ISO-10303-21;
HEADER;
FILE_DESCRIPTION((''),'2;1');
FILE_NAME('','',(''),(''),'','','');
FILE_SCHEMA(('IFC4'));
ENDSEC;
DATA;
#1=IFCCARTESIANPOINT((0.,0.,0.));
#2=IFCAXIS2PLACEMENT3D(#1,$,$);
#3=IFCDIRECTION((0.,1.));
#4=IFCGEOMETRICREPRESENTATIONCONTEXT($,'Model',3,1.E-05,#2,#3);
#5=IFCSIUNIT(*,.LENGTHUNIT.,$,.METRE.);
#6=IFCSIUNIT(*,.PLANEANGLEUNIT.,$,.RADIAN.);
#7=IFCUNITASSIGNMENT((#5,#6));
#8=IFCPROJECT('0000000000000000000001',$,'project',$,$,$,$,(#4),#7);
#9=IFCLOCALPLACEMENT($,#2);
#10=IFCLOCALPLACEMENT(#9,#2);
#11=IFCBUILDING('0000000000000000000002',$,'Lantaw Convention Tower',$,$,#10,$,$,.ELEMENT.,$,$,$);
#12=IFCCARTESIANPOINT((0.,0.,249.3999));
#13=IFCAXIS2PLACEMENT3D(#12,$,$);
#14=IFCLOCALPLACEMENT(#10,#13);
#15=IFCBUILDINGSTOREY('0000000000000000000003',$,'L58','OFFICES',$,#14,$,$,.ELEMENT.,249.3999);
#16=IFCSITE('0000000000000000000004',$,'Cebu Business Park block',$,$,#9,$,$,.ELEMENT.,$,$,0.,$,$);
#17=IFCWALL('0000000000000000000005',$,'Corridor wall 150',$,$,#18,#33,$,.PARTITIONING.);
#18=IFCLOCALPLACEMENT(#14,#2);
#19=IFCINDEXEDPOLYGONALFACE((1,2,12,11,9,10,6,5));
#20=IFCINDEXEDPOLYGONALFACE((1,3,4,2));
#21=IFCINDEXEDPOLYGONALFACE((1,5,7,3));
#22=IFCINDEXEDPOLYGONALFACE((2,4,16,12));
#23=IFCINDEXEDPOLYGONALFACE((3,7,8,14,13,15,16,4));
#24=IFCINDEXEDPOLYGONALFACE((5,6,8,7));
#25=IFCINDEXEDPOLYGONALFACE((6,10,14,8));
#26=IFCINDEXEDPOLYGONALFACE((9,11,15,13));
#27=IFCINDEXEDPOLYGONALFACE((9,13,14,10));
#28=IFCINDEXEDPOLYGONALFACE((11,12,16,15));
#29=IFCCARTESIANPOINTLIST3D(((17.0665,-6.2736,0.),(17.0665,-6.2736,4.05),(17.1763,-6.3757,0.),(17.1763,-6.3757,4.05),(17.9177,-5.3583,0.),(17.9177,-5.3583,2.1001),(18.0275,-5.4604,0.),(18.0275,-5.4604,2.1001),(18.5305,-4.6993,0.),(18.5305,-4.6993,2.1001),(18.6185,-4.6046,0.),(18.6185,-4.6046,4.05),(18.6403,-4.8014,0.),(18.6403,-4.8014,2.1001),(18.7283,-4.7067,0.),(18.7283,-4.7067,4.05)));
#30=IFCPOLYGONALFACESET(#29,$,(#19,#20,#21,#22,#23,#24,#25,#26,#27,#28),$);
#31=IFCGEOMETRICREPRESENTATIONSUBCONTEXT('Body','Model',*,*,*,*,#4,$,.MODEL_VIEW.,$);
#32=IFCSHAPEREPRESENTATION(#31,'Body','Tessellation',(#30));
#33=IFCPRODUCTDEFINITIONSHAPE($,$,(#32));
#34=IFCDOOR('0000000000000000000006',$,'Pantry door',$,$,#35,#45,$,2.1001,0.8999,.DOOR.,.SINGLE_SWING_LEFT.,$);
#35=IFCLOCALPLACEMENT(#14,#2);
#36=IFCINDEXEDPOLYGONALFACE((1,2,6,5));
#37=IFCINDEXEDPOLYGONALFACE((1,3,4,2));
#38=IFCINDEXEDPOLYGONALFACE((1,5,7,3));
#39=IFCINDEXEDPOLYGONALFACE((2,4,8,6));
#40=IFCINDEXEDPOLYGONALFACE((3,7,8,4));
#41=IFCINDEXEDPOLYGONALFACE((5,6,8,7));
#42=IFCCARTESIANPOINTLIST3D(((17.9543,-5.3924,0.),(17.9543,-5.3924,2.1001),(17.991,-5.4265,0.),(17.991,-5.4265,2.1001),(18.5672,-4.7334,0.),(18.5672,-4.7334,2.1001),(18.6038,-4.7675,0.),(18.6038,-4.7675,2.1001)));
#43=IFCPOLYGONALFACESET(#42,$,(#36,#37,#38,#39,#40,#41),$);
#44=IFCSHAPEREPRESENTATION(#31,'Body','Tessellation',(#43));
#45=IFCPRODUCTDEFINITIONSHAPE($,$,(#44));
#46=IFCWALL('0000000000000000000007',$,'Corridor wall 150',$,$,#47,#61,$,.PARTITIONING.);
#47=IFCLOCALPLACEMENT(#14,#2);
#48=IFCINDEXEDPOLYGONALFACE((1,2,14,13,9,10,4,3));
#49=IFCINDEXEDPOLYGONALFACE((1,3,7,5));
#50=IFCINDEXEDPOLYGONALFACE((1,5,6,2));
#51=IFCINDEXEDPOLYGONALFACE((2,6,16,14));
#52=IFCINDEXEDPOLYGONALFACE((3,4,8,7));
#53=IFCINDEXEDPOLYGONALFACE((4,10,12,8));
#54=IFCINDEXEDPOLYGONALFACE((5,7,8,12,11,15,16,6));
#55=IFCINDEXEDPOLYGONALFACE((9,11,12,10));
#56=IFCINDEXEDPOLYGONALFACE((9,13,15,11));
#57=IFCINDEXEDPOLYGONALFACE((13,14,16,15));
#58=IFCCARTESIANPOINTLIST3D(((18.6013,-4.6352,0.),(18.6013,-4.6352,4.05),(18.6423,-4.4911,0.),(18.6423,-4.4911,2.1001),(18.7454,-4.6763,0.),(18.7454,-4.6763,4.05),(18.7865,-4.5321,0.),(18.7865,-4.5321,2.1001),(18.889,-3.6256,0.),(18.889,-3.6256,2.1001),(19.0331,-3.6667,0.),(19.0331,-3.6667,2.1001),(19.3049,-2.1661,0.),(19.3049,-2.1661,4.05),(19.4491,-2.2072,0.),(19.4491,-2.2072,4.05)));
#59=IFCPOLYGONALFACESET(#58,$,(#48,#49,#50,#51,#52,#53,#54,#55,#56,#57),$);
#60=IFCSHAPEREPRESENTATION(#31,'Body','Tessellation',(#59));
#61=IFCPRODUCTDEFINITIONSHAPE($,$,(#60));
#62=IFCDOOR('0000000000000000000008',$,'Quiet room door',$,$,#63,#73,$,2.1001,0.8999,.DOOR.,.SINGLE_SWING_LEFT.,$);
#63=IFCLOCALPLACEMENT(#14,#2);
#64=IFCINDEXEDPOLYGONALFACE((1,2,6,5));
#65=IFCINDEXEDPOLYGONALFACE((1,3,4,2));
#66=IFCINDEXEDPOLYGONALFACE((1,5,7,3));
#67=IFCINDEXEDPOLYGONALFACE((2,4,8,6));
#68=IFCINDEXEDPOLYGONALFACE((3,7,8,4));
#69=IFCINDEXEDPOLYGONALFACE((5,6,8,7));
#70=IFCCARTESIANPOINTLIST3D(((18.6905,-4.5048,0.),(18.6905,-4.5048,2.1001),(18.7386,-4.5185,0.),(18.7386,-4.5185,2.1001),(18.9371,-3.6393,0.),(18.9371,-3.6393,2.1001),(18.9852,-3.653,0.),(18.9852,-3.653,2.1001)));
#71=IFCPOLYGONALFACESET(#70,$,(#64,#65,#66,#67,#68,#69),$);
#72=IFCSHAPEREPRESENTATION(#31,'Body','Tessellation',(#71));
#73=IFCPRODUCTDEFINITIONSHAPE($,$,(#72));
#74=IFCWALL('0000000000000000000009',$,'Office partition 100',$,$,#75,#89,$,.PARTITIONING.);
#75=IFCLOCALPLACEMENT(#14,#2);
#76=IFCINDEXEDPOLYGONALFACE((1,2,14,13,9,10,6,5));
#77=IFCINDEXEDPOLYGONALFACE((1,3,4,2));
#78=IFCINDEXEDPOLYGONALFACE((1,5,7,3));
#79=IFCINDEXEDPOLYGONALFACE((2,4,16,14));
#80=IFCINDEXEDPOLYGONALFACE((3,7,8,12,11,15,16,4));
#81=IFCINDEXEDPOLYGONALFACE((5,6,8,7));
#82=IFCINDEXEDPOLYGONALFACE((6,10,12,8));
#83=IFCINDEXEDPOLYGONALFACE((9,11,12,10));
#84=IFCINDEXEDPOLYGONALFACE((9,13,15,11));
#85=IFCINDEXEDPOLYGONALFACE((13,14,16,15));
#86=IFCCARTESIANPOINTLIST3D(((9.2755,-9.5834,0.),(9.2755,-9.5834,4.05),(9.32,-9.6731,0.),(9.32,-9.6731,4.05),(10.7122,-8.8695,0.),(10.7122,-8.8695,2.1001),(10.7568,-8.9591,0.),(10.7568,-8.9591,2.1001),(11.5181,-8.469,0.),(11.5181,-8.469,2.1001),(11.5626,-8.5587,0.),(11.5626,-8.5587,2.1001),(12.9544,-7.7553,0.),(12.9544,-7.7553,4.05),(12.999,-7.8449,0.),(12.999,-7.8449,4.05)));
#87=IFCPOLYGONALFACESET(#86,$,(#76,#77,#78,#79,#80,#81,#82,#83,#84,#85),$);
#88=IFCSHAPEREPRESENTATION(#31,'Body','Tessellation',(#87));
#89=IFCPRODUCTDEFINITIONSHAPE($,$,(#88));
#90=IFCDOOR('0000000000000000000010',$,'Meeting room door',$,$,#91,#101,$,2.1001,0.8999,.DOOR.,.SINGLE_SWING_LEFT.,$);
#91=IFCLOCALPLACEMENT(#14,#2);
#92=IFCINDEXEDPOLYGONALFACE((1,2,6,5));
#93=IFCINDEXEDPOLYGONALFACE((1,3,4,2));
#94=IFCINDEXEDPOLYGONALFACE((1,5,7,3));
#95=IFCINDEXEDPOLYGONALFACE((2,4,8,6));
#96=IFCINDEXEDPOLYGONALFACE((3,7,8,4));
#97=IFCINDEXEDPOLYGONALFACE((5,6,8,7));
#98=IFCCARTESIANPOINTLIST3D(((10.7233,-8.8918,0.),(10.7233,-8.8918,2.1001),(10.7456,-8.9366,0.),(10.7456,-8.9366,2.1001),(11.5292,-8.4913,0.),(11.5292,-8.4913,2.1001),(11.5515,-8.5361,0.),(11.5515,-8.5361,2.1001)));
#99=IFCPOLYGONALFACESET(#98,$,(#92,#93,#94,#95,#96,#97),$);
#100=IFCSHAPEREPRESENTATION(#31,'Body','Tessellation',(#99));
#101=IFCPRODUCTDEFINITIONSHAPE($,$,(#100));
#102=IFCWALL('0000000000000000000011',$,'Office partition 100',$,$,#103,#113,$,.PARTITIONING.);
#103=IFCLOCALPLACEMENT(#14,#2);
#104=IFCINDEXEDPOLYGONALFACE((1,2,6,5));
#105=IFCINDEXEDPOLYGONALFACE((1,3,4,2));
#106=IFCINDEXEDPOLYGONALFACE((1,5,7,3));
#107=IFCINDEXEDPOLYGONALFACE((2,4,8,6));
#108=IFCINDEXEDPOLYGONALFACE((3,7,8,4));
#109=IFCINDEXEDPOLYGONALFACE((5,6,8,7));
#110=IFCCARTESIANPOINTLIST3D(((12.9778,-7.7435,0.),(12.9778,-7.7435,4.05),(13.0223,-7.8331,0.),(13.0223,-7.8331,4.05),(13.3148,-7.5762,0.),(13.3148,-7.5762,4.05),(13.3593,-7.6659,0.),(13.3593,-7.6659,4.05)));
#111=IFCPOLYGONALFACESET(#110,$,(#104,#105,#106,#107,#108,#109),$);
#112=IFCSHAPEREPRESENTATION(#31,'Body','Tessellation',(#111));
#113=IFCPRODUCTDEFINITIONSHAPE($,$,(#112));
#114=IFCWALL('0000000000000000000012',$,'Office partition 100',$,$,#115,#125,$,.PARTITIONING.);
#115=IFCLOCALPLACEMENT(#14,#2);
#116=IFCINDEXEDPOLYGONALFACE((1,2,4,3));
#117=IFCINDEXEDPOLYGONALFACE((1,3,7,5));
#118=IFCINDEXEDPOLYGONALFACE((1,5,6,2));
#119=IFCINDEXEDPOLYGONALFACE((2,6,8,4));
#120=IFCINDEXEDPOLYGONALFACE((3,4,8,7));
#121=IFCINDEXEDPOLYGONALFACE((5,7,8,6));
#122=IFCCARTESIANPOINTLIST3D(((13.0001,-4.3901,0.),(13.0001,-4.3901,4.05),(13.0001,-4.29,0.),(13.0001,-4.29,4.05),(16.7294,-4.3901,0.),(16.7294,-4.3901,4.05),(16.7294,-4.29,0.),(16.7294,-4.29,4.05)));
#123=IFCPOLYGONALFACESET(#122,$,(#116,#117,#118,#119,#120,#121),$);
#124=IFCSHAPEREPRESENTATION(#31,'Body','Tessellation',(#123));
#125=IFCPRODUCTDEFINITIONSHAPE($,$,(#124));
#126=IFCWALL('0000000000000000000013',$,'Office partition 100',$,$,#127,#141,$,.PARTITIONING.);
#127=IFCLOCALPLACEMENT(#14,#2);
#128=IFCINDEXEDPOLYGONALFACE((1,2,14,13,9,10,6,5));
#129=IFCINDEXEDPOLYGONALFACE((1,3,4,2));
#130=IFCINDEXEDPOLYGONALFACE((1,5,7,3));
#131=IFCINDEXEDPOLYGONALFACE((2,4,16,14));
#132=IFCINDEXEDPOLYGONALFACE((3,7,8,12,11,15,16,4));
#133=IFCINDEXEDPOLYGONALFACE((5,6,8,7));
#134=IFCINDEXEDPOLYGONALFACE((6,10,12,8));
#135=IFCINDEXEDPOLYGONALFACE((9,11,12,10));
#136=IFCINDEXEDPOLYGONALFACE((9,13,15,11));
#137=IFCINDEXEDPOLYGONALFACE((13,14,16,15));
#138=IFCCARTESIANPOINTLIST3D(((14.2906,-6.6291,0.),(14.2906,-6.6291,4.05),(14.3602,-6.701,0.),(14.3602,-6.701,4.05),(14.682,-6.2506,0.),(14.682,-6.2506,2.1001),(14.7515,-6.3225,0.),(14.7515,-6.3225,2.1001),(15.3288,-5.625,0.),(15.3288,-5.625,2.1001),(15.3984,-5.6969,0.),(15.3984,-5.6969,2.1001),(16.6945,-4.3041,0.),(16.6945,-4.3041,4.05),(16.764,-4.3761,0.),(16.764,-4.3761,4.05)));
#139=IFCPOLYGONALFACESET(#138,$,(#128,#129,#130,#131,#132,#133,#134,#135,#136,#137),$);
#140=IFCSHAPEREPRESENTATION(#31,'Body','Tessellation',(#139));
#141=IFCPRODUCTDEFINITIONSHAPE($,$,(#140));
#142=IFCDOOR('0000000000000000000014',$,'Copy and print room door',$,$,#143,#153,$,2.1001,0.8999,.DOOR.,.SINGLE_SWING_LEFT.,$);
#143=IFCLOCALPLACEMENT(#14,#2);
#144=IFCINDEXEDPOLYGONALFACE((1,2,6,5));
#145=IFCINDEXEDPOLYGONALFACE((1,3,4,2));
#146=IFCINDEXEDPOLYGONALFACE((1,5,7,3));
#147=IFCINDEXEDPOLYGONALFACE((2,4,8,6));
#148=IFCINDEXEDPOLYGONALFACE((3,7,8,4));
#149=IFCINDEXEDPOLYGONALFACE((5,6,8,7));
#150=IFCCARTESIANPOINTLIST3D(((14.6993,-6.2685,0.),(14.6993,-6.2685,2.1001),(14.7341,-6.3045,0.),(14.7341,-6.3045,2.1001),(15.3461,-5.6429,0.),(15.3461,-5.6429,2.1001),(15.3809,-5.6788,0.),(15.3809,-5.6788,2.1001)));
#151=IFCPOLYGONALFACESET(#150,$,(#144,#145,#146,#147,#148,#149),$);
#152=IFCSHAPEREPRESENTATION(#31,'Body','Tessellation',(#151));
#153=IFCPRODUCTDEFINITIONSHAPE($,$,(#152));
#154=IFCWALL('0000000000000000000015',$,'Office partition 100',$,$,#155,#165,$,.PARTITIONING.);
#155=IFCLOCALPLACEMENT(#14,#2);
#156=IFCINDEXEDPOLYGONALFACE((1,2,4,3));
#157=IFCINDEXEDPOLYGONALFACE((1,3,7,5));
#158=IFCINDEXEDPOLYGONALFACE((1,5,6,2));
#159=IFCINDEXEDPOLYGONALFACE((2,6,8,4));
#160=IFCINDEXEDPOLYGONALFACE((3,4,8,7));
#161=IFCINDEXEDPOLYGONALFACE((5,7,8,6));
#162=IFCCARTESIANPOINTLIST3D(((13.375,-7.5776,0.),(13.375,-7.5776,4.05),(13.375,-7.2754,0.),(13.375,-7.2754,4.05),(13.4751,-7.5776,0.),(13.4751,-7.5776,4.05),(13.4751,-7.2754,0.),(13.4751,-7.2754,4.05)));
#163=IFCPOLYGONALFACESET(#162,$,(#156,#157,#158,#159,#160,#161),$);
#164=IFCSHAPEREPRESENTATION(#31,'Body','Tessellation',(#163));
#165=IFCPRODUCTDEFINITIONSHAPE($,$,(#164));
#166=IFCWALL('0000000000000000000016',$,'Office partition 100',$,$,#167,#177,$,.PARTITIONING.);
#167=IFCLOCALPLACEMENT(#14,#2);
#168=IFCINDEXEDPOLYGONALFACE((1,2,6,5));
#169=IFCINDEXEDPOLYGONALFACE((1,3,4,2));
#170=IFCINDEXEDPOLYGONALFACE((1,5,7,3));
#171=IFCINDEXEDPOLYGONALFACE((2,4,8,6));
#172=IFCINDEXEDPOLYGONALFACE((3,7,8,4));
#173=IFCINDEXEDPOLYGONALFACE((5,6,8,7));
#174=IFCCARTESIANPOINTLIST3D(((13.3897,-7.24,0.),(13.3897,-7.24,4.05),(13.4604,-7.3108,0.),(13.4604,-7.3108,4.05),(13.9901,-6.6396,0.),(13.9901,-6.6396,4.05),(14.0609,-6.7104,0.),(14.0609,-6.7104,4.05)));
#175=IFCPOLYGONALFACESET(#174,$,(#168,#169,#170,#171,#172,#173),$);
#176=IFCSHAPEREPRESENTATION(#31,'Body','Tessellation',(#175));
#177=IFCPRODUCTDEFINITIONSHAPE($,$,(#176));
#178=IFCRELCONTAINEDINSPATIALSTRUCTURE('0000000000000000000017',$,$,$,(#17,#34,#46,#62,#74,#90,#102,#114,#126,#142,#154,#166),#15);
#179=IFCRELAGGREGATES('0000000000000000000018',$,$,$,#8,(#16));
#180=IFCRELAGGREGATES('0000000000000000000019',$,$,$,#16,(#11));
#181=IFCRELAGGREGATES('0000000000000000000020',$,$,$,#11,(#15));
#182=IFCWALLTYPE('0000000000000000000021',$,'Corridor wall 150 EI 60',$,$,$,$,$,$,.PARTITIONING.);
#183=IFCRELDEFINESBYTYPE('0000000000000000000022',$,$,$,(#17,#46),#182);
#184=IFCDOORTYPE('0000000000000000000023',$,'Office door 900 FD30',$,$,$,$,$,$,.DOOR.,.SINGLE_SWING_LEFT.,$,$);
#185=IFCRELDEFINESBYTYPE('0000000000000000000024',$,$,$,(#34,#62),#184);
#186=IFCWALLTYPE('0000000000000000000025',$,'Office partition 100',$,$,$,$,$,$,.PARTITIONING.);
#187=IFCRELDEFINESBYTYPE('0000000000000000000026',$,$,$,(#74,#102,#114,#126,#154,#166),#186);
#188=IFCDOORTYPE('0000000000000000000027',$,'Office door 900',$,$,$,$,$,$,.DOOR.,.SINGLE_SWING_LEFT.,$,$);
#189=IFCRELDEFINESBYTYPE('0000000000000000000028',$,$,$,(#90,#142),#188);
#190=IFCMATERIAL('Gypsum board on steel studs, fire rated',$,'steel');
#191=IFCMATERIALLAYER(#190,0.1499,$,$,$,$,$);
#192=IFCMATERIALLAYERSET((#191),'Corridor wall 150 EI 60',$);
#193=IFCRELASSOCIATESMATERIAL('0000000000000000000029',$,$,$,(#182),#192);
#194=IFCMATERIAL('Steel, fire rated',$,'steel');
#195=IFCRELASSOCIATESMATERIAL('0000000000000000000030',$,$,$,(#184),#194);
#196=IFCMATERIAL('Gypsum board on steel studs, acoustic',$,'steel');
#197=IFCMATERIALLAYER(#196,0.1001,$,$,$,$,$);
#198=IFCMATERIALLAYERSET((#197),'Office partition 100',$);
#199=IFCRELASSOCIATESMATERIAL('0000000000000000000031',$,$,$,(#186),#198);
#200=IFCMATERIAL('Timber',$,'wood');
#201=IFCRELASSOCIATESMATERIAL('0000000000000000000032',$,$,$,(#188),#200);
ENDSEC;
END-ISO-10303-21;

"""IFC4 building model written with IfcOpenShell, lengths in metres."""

from ifc_helpers import new_model, si_unit, direction, frame, frame_2d, origin, place, context, subcontext, project, spatial, rectangle, extrude, material, layer, layer_set, type_object, element, fill, save


model = new_model("IFC4")

# Units and contexts
model_context = context("Model", 3, precision=1e-05, world=origin(), true_north=direction((0.0, 1.0)))
body_context = subcontext(model_context, "Body", "Model", "MODEL_VIEW")
ifc_project = project(units=[si_unit("LENGTHUNIT", "METRE"), si_unit("PLANEANGLEUNIT", "RADIAN")], contexts=[model_context])

# Site, building, storey
site_placement = place(None, origin())
site = spatial("IfcSite", under=ifc_project, at=site_placement, Name="Cebu Business Park block", CompositionType="ELEMENT", RefElevation=0.0)
building_placement = place(site_placement, origin())
building = spatial("IfcBuilding", under=site, at=building_placement, Name="Lantaw Convention Tower", CompositionType="ELEMENT")
storey_placement = place(building_placement, frame((0.0, 0.0, 249.3999)))
storey = spatial("IfcBuildingStorey", under=building, at=storey_placement, Name="L58", Description="OFFICES", CompositionType="ELEMENT", Elevation=249.3999)

# Walls, openings, doors
ifc_material_1 = material(Name="Gypsum board on steel studs, fire rated", Category="steel")
ifc_layer_1 = layer(ifc_material_1, 0.1499)
ifc_layer_set_1 = layer_set([ifc_layer_1], Name="Corridor wall 150 EI 60")
wall_type_1 = type_object("IfcWallType", Name="Corridor wall 150 EI 60", PredefinedType="PARTITIONING", material=ifc_layer_set_1)
wall_1_placement = place(storey_placement, frame((17.1213, -6.3247, 0.0), z_axis=(0.0, 0.0, 1.0), x_axis=(0.680985, 0.732297, 0.0)))
wall_1 = element("IfcWall", 1, at=wall_1_placement, inside=storey, type_object=wall_type_1, Name="Corridor wall 150", PredefinedType="PARTITIONING", context=body_context, shape_type="SweptSolid", body=[
    extrude(rectangle(XDim=2.2791, YDim=0.1499, at=frame_2d((1.1396, 0.0))), origin(), (0.0, 0.0, 1.0), 4.05),
])
opening_1_placement = place(wall_1_placement, frame((1.25, 0.0, 0.0)))
opening_1 = element("IfcOpeningElement", 2, at=opening_1_placement, cuts=wall_1, PredefinedType="OPENING", context=body_context, shape_type="SweptSolid", body=[
    extrude(rectangle(XDim=0.8999, YDim=2.1001, at=frame_2d((0.45, 1.05))), frame((0.0, 0.085, 0.0), z_axis=(0.0, -1.0, 0.0), x_axis=(1.0, 0.0, 0.0)), (0.0, 0.0, 1.0), 0.1699),
])
ifc_material_2 = material(Name="Steel, fire rated", Category="steel")
door_type_1 = type_object("IfcDoorType", Name="Office door 900 FD30", OperationType="SINGLE_SWING_LEFT", PredefinedType="DOOR", material=ifc_material_2)
door_1_placement = place(opening_1_placement, origin())
door_1 = element("IfcDoor", 3, at=door_1_placement, inside=storey, type_object=door_type_1, Name="Pantry door", OperationType="SINGLE_SWING_LEFT", OverallHeight=2.1001, OverallWidth=0.8999, PredefinedType="DOOR", context=body_context, shape_type="SweptSolid", body=[
    extrude(rectangle(XDim=0.8999, YDim=2.1001, at=frame_2d((0.45, 1.05))), frame((0.0, 0.0249, 0.0), z_axis=(0.0, -1.0, 0.0), x_axis=(1.0, 0.0, 0.0)), (0.0, 0.0, 1.0), 0.05),
])
fill(opening_1, door_1)
wall_2_placement = place(storey_placement, frame((18.6733, -4.6558, 0.0), z_axis=(0.0, 0.0, 1.0), x_axis=(0.274068, 0.96171, 0.0)))
wall_2 = element("IfcWall", 4, at=wall_2_placement, inside=storey, type_object=wall_type_1, Name="Corridor wall 150", PredefinedType="PARTITIONING", context=body_context, shape_type="SweptSolid", body=[
    extrude(rectangle(XDim=2.5674, YDim=0.1499, at=frame_2d((1.2837, 0.0))), origin(), (0.0, 0.0, 1.0), 4.05),
])
opening_2_placement = place(wall_2_placement, frame((0.1499, 0.0, 0.0)))
opening_2 = element("IfcOpeningElement", 5, at=opening_2_placement, cuts=wall_2, PredefinedType="OPENING", context=body_context, shape_type="SweptSolid", body=[
    extrude(rectangle(XDim=0.8999, YDim=2.1001, at=frame_2d((0.45, 1.05))), frame((0.0, 0.085, 0.0), z_axis=(0.0, -1.0, 0.0), x_axis=(1.0, 0.0, 0.0)), (0.0, 0.0, 1.0), 0.1699),
])
door_2_placement = place(opening_2_placement, origin())
door_2 = element("IfcDoor", 6, at=door_2_placement, inside=storey, type_object=door_type_1, Name="Quiet room door", OperationType="SINGLE_SWING_LEFT", OverallHeight=2.1001, OverallWidth=0.8999, PredefinedType="DOOR", context=body_context, shape_type="SweptSolid", body=[
    extrude(rectangle(XDim=0.8999, YDim=2.1001, at=frame_2d((0.45, 1.05))), frame((0.0, 0.0249, 0.0), z_axis=(0.0, -1.0, 0.0), x_axis=(1.0, 0.0, 0.0)), (0.0, 0.0, 1.0), 0.05),
])
fill(opening_2, door_2)
ifc_material_3 = material(Name="Gypsum board on steel studs, acoustic", Category="steel")
ifc_layer_2 = layer(ifc_material_3, 0.1001)
ifc_layer_set_2 = layer_set([ifc_layer_2], Name="Office partition 100")
wall_type_2 = type_object("IfcWallType", Name="Office partition 100", PredefinedType="PARTITIONING", material=ifc_layer_set_2)
wall_3_placement = place(storey_placement, frame((12.9768, -7.8, 0.0), z_axis=(0.0, 0.0, 1.0), x_axis=(-0.89553, -0.445001, 0.0)))
wall_3 = element("IfcWall", 7, at=wall_3_placement, inside=storey, type_object=wall_type_2, Name="Office partition 100", PredefinedType="PARTITIONING", context=body_context, shape_type="SweptSolid", body=[
    extrude(rectangle(XDim=4.1082, YDim=0.1001, at=frame_2d((2.0542, 0.0))), origin(), (0.0, 0.0, 1.0), 4.05),
])
opening_3_placement = place(wall_3_placement, frame((1.604, 0.0, 0.0)))
opening_3 = element("IfcOpeningElement", 8, at=opening_3_placement, cuts=wall_3, PredefinedType="OPENING", context=body_context, shape_type="SweptSolid", body=[
    extrude(rectangle(XDim=0.8999, YDim=2.1001, at=frame_2d((0.45, 1.05))), frame((0.0, 0.0601, 0.0), z_axis=(0.0, -1.0, 0.0), x_axis=(1.0, 0.0, 0.0)), (0.0, 0.0, 1.0), 0.1201),
])
ifc_material_4 = material(Name="Timber", Category="wood")
door_type_2 = type_object("IfcDoorType", Name="Office door 900", OperationType="SINGLE_SWING_LEFT", PredefinedType="DOOR", material=ifc_material_4)
door_3_placement = place(opening_3_placement, origin())
door_3 = element("IfcDoor", 9, at=door_3_placement, inside=storey, type_object=door_type_2, Name="Meeting room door", OperationType="SINGLE_SWING_LEFT", OverallHeight=2.1001, OverallWidth=0.8999, PredefinedType="DOOR", context=body_context, shape_type="SweptSolid", body=[
    extrude(rectangle(XDim=0.8999, YDim=2.1001, at=frame_2d((0.45, 1.05))), frame((0.0, 0.0249, 0.0), z_axis=(0.0, -1.0, 0.0), x_axis=(1.0, 0.0, 0.0)), (0.0, 0.0, 1.0), 0.05),
])
fill(opening_3, door_3)

# Walls
wall_4_placement = place(storey_placement, frame((13.3369, -7.6211, 0.0), z_axis=(0.0, 0.0, 1.0), x_axis=(-0.895722, -0.444615, 0.0)))
element("IfcWall", 10, at=wall_4_placement, inside=storey, type_object=wall_type_2, Name="Office partition 100", PredefinedType="PARTITIONING", context=body_context, shape_type="SweptSolid", body=[
    extrude(rectangle(XDim=0.3762, YDim=0.1001, at=frame_2d((0.188, 0.0))), origin(), (0.0, 0.0, 1.0), 4.05),
])
wall_5_placement = place(storey_placement, frame((13.0, -4.3401, 0.0), z_axis=(0.0, 0.0, 1.0), x_axis=(1.0, 0.0, 0.0)))
element("IfcWall", 11, at=wall_5_placement, inside=storey, type_object=wall_type_2, Name="Office partition 100", PredefinedType="PARTITIONING", context=body_context, shape_type="SweptSolid", body=[
    extrude(rectangle(XDim=3.7292, YDim=0.1001, at=frame_2d((1.8647, 0.0))), origin(), (0.0, 0.0, 1.0), 4.05),
])

# Wall, opening, door
wall_6_placement = place(storey_placement, frame((16.7292, -4.3401, 0.0), z_axis=(0.0, 0.0, 1.0), x_axis=(-0.718799, -0.695218, 0.0)))
wall_6 = element("IfcWall", 12, at=wall_6_placement, inside=storey, type_object=wall_type_2, Name="Office partition 100", PredefinedType="PARTITIONING", context=body_context, shape_type="SweptSolid", body=[
    extrude(rectangle(XDim=3.3442, YDim=0.1001, at=frame_2d((1.6721, 0.0))), origin(), (0.0, 0.0, 1.0), 4.05),
])
opening_4_placement = place(wall_6_placement, frame((1.8999, 0.0, 0.0)))
opening_4 = element("IfcOpeningElement", 13, at=opening_4_placement, cuts=wall_6, PredefinedType="OPENING", context=body_context, shape_type="SweptSolid", body=[
    extrude(rectangle(XDim=0.8999, YDim=2.1001, at=frame_2d((0.45, 1.05))), frame((0.0, 0.0601, 0.0), z_axis=(0.0, -1.0, 0.0), x_axis=(1.0, 0.0, 0.0)), (0.0, 0.0, 1.0), 0.1201),
])
door_4_placement = place(opening_4_placement, origin())
door_4 = element("IfcDoor", 14, at=door_4_placement, inside=storey, type_object=door_type_2, Name="Copy and print room door", OperationType="SINGLE_SWING_LEFT", OverallHeight=2.1001, OverallWidth=0.8999, PredefinedType="DOOR", context=body_context, shape_type="SweptSolid", body=[
    extrude(rectangle(XDim=0.8999, YDim=2.1001, at=frame_2d((0.45, 1.05))), frame((0.0, 0.0249, 0.0), z_axis=(0.0, -1.0, 0.0), x_axis=(1.0, 0.0, 0.0)), (0.0, 0.0, 1.0), 0.05),
])
fill(opening_4, door_4)

# Walls
wall_7_placement = place(storey_placement, frame((13.425, -7.5776, 0.0), z_axis=(0.0, 0.0, 1.0), x_axis=(0.0, 1.0, 0.0)))
element("IfcWall", 15, at=wall_7_placement, inside=storey, type_object=wall_type_2, Name="Office partition 100", PredefinedType="PARTITIONING", context=body_context, shape_type="SweptSolid", body=[
    extrude(rectangle(XDim=0.3022, YDim=0.1001, at=frame_2d((0.1511, 0.0))), origin(), (0.0, 0.0, 1.0), 4.05),
])
wall_8_placement = place(storey_placement, frame((13.425, -7.2754, 0.0), z_axis=(0.0, 0.0, 1.0), x_axis=(0.707107, 0.707107, 0.0)))
element("IfcWall", 16, at=wall_8_placement, inside=storey, type_object=wall_type_2, Name="Office partition 100", PredefinedType="PARTITIONING", context=body_context, shape_type="SweptSolid", body=[
    extrude(rectangle(XDim=0.8491, YDim=0.1001, at=frame_2d((0.4246, 0.0))), origin(), (0.0, 0.0, 1.0), 4.05),
])

save(model, "model.ifc")
